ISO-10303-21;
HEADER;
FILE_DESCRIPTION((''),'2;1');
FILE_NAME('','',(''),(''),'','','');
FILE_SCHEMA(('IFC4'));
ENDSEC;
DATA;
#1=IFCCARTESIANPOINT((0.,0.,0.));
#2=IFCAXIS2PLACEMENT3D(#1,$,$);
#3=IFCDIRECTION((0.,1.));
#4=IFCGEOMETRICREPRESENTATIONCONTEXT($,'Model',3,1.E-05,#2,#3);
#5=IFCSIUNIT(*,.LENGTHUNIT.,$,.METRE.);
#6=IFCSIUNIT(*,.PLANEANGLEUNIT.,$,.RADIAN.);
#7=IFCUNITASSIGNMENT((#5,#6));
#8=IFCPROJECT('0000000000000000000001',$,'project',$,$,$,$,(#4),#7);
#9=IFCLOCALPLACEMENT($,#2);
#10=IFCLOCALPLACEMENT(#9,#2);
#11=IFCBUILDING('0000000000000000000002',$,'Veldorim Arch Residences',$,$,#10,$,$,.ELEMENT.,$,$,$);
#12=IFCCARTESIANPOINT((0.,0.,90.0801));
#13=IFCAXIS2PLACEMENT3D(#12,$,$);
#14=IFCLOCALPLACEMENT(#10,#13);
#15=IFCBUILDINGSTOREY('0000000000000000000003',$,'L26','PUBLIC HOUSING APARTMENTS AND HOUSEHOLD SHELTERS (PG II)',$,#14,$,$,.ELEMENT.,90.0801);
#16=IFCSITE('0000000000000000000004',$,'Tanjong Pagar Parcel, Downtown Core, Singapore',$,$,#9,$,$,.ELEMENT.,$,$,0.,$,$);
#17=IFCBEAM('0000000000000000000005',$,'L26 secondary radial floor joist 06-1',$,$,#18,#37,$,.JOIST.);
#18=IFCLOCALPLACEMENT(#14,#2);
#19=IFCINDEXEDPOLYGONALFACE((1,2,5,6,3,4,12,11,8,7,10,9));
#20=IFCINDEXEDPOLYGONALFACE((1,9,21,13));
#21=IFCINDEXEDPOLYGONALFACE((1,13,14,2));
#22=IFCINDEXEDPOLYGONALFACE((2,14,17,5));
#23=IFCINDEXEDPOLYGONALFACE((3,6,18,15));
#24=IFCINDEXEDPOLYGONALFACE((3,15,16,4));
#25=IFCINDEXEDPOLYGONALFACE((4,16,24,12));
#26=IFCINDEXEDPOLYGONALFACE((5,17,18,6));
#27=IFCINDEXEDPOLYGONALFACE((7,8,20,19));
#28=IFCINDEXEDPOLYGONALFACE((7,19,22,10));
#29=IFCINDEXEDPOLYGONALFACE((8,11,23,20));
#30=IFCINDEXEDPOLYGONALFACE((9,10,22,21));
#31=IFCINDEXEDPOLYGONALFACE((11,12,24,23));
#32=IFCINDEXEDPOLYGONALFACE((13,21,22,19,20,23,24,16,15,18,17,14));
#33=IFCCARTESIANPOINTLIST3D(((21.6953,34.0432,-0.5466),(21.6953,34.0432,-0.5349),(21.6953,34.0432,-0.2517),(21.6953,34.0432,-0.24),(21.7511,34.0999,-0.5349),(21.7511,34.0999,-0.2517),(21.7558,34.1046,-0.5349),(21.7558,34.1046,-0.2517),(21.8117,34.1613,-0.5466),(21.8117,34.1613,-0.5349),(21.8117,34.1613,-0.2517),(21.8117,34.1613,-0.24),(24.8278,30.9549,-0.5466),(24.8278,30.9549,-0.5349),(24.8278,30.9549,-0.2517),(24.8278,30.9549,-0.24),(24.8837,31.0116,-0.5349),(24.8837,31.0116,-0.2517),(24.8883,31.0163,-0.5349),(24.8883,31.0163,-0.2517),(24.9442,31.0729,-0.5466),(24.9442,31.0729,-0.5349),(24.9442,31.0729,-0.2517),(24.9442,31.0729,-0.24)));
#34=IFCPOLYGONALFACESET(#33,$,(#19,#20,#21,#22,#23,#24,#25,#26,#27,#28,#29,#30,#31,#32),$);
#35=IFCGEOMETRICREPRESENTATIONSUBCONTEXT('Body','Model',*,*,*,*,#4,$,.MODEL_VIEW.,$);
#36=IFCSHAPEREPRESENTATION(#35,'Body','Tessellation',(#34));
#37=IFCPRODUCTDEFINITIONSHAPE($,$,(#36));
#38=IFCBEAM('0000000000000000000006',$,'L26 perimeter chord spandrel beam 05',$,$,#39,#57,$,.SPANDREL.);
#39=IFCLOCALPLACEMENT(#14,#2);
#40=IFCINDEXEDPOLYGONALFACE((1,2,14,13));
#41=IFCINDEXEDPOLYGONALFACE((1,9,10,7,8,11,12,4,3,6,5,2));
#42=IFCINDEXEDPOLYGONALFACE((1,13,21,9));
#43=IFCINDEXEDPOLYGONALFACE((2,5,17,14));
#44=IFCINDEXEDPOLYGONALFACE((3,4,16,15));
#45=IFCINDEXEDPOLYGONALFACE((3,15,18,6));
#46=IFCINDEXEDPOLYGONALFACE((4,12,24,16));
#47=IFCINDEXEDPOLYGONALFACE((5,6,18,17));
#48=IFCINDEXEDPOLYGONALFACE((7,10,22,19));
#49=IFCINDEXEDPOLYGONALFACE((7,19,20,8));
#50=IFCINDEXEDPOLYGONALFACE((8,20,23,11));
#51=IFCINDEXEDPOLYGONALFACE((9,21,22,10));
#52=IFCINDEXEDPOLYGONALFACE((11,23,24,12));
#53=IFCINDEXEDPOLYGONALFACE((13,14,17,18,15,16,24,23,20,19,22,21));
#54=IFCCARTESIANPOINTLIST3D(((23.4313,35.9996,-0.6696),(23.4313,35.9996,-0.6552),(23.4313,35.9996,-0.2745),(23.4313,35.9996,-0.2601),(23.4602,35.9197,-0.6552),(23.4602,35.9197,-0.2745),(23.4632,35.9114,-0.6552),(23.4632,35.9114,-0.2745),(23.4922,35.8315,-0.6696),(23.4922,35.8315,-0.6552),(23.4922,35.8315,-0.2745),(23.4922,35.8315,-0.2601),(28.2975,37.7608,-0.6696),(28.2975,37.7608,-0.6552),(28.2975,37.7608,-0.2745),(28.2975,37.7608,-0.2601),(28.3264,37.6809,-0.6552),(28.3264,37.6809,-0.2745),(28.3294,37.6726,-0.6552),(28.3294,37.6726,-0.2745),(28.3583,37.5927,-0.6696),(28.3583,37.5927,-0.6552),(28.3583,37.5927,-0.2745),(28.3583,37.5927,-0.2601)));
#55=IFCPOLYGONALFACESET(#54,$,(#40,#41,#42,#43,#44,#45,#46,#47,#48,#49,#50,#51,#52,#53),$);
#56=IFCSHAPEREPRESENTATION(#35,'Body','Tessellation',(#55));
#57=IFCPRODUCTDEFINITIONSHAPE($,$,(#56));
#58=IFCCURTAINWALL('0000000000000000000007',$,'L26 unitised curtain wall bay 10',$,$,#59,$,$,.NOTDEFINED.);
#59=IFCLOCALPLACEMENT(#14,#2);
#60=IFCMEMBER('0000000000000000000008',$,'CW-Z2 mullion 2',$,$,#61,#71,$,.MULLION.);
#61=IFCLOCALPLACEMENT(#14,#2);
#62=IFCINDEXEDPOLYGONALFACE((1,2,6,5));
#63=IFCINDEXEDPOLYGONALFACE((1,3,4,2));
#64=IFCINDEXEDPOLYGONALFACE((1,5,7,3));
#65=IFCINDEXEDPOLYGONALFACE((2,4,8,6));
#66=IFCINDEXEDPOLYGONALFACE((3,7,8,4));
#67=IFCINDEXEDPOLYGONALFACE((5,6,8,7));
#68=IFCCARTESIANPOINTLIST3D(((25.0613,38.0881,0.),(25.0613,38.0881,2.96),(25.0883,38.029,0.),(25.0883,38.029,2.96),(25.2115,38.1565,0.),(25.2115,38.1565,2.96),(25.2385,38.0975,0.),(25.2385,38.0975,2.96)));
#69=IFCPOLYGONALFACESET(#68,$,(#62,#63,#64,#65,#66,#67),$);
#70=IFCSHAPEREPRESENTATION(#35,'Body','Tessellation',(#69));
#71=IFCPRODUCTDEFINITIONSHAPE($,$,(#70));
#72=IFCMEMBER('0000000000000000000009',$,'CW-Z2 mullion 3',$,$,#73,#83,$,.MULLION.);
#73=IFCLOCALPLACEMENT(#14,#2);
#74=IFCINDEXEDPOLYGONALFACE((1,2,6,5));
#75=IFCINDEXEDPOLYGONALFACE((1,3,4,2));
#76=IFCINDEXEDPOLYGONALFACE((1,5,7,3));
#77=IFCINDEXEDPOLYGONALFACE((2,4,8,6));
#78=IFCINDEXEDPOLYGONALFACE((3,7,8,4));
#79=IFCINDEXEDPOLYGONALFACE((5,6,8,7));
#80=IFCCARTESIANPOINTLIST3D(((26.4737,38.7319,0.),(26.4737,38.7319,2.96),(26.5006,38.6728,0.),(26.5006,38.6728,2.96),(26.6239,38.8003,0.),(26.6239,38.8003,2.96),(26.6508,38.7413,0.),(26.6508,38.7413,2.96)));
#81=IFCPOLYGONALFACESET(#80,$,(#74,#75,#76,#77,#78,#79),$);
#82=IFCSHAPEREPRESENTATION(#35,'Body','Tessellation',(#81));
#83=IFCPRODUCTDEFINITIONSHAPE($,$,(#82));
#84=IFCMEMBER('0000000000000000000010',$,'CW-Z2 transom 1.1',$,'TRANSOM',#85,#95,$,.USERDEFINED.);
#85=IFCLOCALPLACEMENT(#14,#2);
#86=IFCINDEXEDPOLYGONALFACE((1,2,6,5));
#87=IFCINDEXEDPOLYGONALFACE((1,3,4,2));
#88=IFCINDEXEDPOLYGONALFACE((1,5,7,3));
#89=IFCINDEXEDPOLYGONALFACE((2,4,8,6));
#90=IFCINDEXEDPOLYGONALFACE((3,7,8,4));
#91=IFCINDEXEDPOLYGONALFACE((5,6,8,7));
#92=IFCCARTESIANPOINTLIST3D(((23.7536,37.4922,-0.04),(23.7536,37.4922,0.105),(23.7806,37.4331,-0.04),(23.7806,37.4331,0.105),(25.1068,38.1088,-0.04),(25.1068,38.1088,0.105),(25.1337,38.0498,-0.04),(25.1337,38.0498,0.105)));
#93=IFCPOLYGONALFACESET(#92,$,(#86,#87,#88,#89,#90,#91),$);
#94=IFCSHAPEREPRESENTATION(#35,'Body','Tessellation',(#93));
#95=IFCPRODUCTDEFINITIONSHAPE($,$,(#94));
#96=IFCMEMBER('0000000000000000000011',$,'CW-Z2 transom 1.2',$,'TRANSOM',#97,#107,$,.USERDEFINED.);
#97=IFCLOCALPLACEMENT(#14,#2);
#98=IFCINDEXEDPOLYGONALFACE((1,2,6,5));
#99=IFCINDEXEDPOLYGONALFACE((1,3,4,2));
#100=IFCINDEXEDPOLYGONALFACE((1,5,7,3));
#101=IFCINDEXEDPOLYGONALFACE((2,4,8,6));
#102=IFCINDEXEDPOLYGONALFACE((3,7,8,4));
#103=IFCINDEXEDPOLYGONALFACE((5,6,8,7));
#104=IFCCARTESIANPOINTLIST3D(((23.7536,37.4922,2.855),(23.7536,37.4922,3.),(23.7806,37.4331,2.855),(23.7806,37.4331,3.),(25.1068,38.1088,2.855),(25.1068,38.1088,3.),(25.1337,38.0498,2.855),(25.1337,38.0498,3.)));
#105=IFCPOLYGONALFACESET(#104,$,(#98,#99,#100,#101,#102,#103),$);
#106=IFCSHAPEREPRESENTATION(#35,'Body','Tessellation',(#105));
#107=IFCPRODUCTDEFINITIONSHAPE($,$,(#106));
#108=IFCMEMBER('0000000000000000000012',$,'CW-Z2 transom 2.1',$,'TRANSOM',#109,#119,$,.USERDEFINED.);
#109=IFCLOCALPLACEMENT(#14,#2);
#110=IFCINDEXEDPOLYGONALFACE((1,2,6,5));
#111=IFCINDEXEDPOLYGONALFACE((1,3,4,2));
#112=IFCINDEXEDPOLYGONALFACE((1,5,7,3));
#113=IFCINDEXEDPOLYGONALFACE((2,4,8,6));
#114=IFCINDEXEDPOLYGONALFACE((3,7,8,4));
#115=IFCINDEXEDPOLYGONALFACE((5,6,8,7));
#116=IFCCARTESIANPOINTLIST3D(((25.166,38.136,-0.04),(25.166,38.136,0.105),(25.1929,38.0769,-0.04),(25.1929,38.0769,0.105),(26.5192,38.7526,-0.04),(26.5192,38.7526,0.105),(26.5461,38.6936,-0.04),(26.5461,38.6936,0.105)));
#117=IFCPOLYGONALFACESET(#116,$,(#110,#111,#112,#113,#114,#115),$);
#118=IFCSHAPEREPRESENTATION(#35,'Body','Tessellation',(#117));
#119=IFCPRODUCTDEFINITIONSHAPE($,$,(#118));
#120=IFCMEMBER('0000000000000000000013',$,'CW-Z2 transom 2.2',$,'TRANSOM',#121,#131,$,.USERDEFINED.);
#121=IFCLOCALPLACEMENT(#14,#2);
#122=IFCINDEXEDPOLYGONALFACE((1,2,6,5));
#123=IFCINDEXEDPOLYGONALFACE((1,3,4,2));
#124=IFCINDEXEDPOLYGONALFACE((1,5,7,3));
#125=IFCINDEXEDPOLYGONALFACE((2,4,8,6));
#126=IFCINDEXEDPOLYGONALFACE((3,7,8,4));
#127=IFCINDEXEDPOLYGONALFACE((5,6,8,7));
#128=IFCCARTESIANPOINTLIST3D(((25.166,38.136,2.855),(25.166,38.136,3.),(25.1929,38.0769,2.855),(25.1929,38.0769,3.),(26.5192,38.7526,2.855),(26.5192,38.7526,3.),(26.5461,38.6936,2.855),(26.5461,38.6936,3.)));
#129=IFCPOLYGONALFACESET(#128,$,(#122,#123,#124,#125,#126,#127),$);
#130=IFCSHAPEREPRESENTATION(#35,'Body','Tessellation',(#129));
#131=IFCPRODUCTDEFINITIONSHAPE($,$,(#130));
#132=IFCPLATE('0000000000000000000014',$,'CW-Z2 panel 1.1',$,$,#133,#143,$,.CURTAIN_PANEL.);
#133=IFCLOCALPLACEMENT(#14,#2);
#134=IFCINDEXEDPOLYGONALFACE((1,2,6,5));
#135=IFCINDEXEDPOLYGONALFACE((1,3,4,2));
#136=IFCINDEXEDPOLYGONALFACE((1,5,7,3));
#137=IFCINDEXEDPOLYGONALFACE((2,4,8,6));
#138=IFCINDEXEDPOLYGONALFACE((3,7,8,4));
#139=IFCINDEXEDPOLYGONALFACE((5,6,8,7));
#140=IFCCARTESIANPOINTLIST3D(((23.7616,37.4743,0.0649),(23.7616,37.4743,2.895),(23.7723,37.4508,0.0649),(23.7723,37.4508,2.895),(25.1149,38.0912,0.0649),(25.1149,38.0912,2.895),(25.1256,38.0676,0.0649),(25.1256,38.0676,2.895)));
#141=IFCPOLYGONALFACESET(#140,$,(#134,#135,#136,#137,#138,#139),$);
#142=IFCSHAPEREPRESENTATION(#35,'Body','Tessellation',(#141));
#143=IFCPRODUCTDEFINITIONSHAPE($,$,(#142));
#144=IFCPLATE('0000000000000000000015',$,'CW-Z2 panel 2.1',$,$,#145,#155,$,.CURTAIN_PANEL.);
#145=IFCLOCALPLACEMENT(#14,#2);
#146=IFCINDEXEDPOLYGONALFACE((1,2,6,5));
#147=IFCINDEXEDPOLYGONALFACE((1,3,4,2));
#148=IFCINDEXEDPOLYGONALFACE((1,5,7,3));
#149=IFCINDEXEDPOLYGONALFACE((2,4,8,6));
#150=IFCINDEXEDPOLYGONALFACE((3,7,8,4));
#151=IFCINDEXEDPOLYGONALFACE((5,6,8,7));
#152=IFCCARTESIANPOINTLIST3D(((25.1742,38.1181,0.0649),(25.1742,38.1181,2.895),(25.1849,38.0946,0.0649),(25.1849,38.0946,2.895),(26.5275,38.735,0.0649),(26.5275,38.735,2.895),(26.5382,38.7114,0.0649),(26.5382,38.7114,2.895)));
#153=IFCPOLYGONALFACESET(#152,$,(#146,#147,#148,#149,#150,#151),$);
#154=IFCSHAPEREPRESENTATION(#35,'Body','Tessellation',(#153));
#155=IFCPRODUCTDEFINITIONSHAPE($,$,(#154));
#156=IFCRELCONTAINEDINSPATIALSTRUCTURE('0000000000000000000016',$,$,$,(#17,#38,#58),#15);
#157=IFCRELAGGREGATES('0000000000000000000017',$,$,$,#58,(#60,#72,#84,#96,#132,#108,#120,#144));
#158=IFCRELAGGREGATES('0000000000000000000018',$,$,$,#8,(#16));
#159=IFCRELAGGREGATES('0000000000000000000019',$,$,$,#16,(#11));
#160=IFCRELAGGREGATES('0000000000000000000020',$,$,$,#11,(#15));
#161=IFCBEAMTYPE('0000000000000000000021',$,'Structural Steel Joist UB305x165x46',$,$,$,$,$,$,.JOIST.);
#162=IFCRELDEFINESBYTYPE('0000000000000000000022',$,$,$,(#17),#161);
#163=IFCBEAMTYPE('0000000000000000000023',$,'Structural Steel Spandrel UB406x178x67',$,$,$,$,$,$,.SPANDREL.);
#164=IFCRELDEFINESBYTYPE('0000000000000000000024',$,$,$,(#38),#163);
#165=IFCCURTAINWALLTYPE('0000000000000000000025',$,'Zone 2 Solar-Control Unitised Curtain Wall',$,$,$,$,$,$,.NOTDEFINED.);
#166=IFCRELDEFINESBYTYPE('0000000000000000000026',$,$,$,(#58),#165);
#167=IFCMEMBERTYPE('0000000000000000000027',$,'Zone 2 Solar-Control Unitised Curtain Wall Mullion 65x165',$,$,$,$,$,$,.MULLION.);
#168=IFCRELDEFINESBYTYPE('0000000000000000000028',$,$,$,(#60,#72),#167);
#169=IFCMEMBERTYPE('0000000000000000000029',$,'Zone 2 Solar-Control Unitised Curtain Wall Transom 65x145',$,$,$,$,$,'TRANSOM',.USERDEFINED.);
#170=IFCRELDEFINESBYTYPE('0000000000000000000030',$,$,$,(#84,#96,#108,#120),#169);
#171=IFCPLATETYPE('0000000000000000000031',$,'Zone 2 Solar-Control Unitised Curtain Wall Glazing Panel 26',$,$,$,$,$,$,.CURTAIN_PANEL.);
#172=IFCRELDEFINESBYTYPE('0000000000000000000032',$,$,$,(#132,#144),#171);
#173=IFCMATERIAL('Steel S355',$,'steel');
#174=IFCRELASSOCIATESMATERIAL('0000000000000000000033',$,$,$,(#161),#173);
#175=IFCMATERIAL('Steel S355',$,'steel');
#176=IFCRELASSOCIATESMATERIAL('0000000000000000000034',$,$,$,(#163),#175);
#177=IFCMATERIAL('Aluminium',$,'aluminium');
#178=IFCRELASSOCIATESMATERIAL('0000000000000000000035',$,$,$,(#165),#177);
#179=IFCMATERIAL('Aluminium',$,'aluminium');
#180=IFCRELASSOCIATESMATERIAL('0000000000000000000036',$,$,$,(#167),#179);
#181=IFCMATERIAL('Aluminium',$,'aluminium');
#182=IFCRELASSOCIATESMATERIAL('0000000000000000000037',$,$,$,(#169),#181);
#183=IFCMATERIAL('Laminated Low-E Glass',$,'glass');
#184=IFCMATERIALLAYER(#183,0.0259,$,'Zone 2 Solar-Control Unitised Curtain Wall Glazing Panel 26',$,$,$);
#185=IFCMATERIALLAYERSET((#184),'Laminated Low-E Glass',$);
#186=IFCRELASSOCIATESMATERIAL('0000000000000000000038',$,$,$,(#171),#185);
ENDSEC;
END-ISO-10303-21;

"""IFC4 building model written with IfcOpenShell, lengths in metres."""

from ifc_helpers import new_model, si_unit, direction, frame, origin, origin_2d, place, context, subcontext, project, spatial, rectangle, i_section, extrude, material, layer, layer_set, material_profile, profile_set, type_object, element, aggregate, save


model = new_model("IFC4")

# Units and contexts
model_context = context("Model", 3, precision=1e-05, world=origin(), true_north=direction((0.0, 1.0)))
body_context = subcontext(model_context, "Body", "Model", "MODEL_VIEW")
ifc_project = project(units=[si_unit("LENGTHUNIT", "METRE"), si_unit("PLANEANGLEUNIT", "RADIAN")], contexts=[model_context])

# Site, building, storey
site_placement = place(None, origin())
site = spatial("IfcSite", under=ifc_project, at=site_placement, Name="Tanjong Pagar Parcel, Downtown Core, Singapore", CompositionType="ELEMENT", RefElevation=0.0)
building_placement = place(site_placement, origin())
building = spatial("IfcBuilding", under=site, at=building_placement, Name="Veldorim Arch Residences", CompositionType="ELEMENT")
storey_placement = place(building_placement, frame((0.0, 0.0, 90.0801)))
storey = spatial("IfcBuildingStorey", under=building, at=storey_placement, Name="L26", Description="PUBLIC HOUSING APARTMENTS AND HOUSEHOLD SHELTERS (PG II)", CompositionType="ELEMENT", Elevation=90.0801)

# Beams
ifc_material_1 = material(Name="Steel S355", Category="steel")
ifc_material_profile_1 = material_profile(ifc_material_1, i_section(OverallWidth=0.1658, OverallDepth=0.3066, WebThickness=0.0066, FlangeThickness=0.0117, at=origin_2d()), Name="UB305x165x46")
ifc_profile_set_1 = profile_set([ifc_material_profile_1], Name="Steel S355")
beam_type_1 = type_object("IfcBeamType", Name="Structural Steel Joist UB305x165x46", PredefinedType="JOIST", material=ifc_profile_set_1)
beam_1_placement = place(storey_placement, frame((24.886, 31.0139, -0.3933), z_axis=(-0.712112, 0.702066, 0.0), x_axis=(-0.702066, -0.712112, 0.0)))
element("IfcBeam", 1, at=beam_1_placement, inside=storey, type_object=beam_type_1, Name="L26 secondary radial floor joist 06-1", PredefinedType="JOIST", context=body_context, shape_type="SweptSolid", body=[
    extrude(i_section(OverallWidth=0.1658, OverallDepth=0.3066, WebThickness=0.0066, FlangeThickness=0.0117, at=origin_2d()), origin(), (0.0, 0.0, 1.0), 4.3989),
])
ifc_material_2 = material(Name="Steel S355", Category="steel")
ifc_material_profile_2 = material_profile(ifc_material_2, i_section(OverallWidth=0.1787, OverallDepth=0.4094, WebThickness=0.0088, FlangeThickness=0.0144, at=origin_2d()), Name="UB406x178x67")
ifc_profile_set_2 = profile_set([ifc_material_profile_2], Name="Steel S355")
beam_type_2 = type_object("IfcBeamType", Name="Structural Steel Spandrel UB406x178x67", PredefinedType="SPANDREL", material=ifc_profile_set_2)
beam_2_placement = place(storey_placement, frame((28.3279, 37.6768, -0.4648), z_axis=(-0.940308, -0.340326, 0.0), x_axis=(0.340326, -0.940308, 0.0)))
element("IfcBeam", 2, at=beam_2_placement, inside=storey, type_object=beam_type_2, Name="L26 perimeter chord spandrel beam 05", PredefinedType="SPANDREL", context=body_context, shape_type="SweptSolid", body=[
    extrude(i_section(OverallWidth=0.1787, OverallDepth=0.4094, WebThickness=0.0088, FlangeThickness=0.0144, at=origin_2d()), origin(), (0.0, 0.0, 1.0), 5.175),
])

# Curtain wall, members, plates
ifc_material_3 = material(Name="Aluminium", Category="aluminium")
curtain_wall_type = type_object("IfcCurtainWallType", Name="Zone 2 Solar-Control Unitised Curtain Wall", PredefinedType="NOTDEFINED", material=ifc_material_3)
curtain_wall_placement = place(storey_placement, origin())
curtain_wall = element("IfcCurtainWall", 3, at=curtain_wall_placement, inside=storey, type_object=curtain_wall_type, Name="L26 unitised curtain wall bay 10", PredefinedType="NOTDEFINED")
ifc_material_4 = material(Name="Aluminium", Category="aluminium")
ifc_material_profile_3 = material_profile(ifc_material_4, rectangle(XDim=0.0649, YDim=0.165, at=origin_2d()), Name="ALU_MUL_65x165")
ifc_profile_set_3 = profile_set([ifc_material_profile_3], Name="Aluminium")
member_type_1 = type_object("IfcMemberType", Name="Zone 2 Solar-Control Unitised Curtain Wall Mullion 65x165", PredefinedType="MULLION", material=ifc_profile_set_3)
member_1_placement = place(storey_placement, frame((25.1499, 38.0928, 0.0), z_axis=(0.0, 0.0, 1.0), x_axis=(-0.414742, 0.909939, 0.0)))
member_1 = element("IfcMember", 4, at=member_1_placement, type_object=member_type_1, Name="CW-Z2 mullion 2", PredefinedType="MULLION", context=body_context, shape_type="SweptSolid", body=[
    extrude(rectangle(XDim=0.0649, YDim=0.165, at=origin_2d()), origin(), (0.0, 0.0, 1.0), 2.96),
])
member_2_placement = place(storey_placement, frame((26.5623, 38.7366, 0.0), z_axis=(0.0, 0.0, 1.0), x_axis=(-0.414742, 0.909939, 0.0)))
member_2 = element("IfcMember", 5, at=member_2_placement, type_object=member_type_1, Name="CW-Z2 mullion 3", PredefinedType="MULLION", context=body_context, shape_type="SweptSolid", body=[
    extrude(rectangle(XDim=0.0649, YDim=0.165, at=origin_2d()), origin(), (0.0, 0.0, 1.0), 2.96),
])
ifc_material_5 = material(Name="Aluminium", Category="aluminium")
ifc_material_profile_4 = material_profile(ifc_material_5, rectangle(XDim=0.0649, YDim=0.145, at=origin_2d()), Name="ALU_TRN_65x145")
ifc_profile_set_4 = profile_set([ifc_material_profile_4], Name="Aluminium")
member_type_2 = type_object("IfcMemberType", Name="Zone 2 Solar-Control Unitised Curtain Wall Transom 65x145", ElementType="TRANSOM", PredefinedType="USERDEFINED", material=ifc_profile_set_4)
member_3_placement = place(storey_placement, frame((23.7671, 37.4626, 0.0325), z_axis=(0.909967, 0.414681, 0.0), x_axis=(-0.414681, 0.909967, 0.0)))
member_3 = element("IfcMember", 6, at=member_3_placement, type_object=member_type_2, Name="CW-Z2 transom 1.1", ObjectType="TRANSOM", PredefinedType="USERDEFINED", context=body_context, shape_type="SweptSolid", body=[
    extrude(rectangle(XDim=0.0649, YDim=0.145, at=origin_2d()), origin(), (0.0, 0.0, 1.0), 1.4871),
])
member_4_placement = place(storey_placement, frame((23.7671, 37.4626, 2.9275), z_axis=(0.909967, 0.414681, 0.0), x_axis=(-0.414681, 0.909967, 0.0)))
member_4 = element("IfcMember", 7, at=member_4_placement, type_object=member_type_2, Name="CW-Z2 transom 1.2", ObjectType="TRANSOM", PredefinedType="USERDEFINED", context=body_context, shape_type="SweptSolid", body=[
    extrude(rectangle(XDim=0.0649, YDim=0.145, at=origin_2d()), origin(), (0.0, 0.0, 1.0), 1.4871),
])
member_5_placement = place(storey_placement, frame((25.1794, 38.1064, 0.0325), z_axis=(0.909967, 0.414681, 0.0), x_axis=(-0.414681, 0.909967, 0.0)))
member_5 = element("IfcMember", 8, at=member_5_placement, type_object=member_type_2, Name="CW-Z2 transom 2.1", ObjectType="TRANSOM", PredefinedType="USERDEFINED", context=body_context, shape_type="SweptSolid", body=[
    extrude(rectangle(XDim=0.0649, YDim=0.145, at=origin_2d()), origin(), (0.0, 0.0, 1.0), 1.4871),
])
member_6_placement = place(storey_placement, frame((25.1794, 38.1064, 2.9275), z_axis=(0.909967, 0.414681, 0.0), x_axis=(-0.414681, 0.909967, 0.0)))
member_6 = element("IfcMember", 9, at=member_6_placement, type_object=member_type_2, Name="CW-Z2 transom 2.2", ObjectType="TRANSOM", PredefinedType="USERDEFINED", context=body_context, shape_type="SweptSolid", body=[
    extrude(rectangle(XDim=0.0649, YDim=0.145, at=origin_2d()), origin(), (0.0, 0.0, 1.0), 1.4871),
])
ifc_material_6 = material(Name="Laminated Low-E Glass", Category="glass")
ifc_layer_1 = layer(ifc_material_6, 0.0259, Name="Zone 2 Solar-Control Unitised Curtain Wall Glazing Panel 26")
ifc_layer_set_1 = layer_set([ifc_layer_1], Name="Laminated Low-E Glass")
plate_type = type_object("IfcPlateType", Name="Zone 2 Solar-Control Unitised Curtain Wall Glazing Panel 26", PredefinedType="CURTAIN_PANEL", material=ifc_layer_set_1)
plate_1_placement = place(storey_placement, frame((24.4436, 37.771, 0.0649), z_axis=(0.0, 0.0, 1.0), x_axis=(0.909939, 0.414742, 0.0)))
plate_1 = element("IfcPlate", 10, at=plate_1_placement, type_object=plate_type, Name="CW-Z2 panel 1.1", PredefinedType="CURTAIN_PANEL", context=body_context, shape_type="SweptSolid", body=[
    extrude(rectangle(XDim=1.4873, YDim=0.0259, at=origin_2d()), origin(), (0.0, 0.0, 1.0), 2.8301),
])
plate_2_placement = place(storey_placement, frame((25.8562, 38.4148, 0.0649), z_axis=(0.0, 0.0, 1.0), x_axis=(0.909939, 0.414742, 0.0)))
plate_2 = element("IfcPlate", 11, at=plate_2_placement, type_object=plate_type, Name="CW-Z2 panel 2.1", PredefinedType="CURTAIN_PANEL", context=body_context, shape_type="SweptSolid", body=[
    extrude(rectangle(XDim=1.4873, YDim=0.0259, at=origin_2d()), origin(), (0.0, 0.0, 1.0), 2.8301),
])
aggregate(curtain_wall, [member_1, member_2, member_3, member_4, plate_1, member_5, member_6, plate_2])

save(model, "model.ifc")
